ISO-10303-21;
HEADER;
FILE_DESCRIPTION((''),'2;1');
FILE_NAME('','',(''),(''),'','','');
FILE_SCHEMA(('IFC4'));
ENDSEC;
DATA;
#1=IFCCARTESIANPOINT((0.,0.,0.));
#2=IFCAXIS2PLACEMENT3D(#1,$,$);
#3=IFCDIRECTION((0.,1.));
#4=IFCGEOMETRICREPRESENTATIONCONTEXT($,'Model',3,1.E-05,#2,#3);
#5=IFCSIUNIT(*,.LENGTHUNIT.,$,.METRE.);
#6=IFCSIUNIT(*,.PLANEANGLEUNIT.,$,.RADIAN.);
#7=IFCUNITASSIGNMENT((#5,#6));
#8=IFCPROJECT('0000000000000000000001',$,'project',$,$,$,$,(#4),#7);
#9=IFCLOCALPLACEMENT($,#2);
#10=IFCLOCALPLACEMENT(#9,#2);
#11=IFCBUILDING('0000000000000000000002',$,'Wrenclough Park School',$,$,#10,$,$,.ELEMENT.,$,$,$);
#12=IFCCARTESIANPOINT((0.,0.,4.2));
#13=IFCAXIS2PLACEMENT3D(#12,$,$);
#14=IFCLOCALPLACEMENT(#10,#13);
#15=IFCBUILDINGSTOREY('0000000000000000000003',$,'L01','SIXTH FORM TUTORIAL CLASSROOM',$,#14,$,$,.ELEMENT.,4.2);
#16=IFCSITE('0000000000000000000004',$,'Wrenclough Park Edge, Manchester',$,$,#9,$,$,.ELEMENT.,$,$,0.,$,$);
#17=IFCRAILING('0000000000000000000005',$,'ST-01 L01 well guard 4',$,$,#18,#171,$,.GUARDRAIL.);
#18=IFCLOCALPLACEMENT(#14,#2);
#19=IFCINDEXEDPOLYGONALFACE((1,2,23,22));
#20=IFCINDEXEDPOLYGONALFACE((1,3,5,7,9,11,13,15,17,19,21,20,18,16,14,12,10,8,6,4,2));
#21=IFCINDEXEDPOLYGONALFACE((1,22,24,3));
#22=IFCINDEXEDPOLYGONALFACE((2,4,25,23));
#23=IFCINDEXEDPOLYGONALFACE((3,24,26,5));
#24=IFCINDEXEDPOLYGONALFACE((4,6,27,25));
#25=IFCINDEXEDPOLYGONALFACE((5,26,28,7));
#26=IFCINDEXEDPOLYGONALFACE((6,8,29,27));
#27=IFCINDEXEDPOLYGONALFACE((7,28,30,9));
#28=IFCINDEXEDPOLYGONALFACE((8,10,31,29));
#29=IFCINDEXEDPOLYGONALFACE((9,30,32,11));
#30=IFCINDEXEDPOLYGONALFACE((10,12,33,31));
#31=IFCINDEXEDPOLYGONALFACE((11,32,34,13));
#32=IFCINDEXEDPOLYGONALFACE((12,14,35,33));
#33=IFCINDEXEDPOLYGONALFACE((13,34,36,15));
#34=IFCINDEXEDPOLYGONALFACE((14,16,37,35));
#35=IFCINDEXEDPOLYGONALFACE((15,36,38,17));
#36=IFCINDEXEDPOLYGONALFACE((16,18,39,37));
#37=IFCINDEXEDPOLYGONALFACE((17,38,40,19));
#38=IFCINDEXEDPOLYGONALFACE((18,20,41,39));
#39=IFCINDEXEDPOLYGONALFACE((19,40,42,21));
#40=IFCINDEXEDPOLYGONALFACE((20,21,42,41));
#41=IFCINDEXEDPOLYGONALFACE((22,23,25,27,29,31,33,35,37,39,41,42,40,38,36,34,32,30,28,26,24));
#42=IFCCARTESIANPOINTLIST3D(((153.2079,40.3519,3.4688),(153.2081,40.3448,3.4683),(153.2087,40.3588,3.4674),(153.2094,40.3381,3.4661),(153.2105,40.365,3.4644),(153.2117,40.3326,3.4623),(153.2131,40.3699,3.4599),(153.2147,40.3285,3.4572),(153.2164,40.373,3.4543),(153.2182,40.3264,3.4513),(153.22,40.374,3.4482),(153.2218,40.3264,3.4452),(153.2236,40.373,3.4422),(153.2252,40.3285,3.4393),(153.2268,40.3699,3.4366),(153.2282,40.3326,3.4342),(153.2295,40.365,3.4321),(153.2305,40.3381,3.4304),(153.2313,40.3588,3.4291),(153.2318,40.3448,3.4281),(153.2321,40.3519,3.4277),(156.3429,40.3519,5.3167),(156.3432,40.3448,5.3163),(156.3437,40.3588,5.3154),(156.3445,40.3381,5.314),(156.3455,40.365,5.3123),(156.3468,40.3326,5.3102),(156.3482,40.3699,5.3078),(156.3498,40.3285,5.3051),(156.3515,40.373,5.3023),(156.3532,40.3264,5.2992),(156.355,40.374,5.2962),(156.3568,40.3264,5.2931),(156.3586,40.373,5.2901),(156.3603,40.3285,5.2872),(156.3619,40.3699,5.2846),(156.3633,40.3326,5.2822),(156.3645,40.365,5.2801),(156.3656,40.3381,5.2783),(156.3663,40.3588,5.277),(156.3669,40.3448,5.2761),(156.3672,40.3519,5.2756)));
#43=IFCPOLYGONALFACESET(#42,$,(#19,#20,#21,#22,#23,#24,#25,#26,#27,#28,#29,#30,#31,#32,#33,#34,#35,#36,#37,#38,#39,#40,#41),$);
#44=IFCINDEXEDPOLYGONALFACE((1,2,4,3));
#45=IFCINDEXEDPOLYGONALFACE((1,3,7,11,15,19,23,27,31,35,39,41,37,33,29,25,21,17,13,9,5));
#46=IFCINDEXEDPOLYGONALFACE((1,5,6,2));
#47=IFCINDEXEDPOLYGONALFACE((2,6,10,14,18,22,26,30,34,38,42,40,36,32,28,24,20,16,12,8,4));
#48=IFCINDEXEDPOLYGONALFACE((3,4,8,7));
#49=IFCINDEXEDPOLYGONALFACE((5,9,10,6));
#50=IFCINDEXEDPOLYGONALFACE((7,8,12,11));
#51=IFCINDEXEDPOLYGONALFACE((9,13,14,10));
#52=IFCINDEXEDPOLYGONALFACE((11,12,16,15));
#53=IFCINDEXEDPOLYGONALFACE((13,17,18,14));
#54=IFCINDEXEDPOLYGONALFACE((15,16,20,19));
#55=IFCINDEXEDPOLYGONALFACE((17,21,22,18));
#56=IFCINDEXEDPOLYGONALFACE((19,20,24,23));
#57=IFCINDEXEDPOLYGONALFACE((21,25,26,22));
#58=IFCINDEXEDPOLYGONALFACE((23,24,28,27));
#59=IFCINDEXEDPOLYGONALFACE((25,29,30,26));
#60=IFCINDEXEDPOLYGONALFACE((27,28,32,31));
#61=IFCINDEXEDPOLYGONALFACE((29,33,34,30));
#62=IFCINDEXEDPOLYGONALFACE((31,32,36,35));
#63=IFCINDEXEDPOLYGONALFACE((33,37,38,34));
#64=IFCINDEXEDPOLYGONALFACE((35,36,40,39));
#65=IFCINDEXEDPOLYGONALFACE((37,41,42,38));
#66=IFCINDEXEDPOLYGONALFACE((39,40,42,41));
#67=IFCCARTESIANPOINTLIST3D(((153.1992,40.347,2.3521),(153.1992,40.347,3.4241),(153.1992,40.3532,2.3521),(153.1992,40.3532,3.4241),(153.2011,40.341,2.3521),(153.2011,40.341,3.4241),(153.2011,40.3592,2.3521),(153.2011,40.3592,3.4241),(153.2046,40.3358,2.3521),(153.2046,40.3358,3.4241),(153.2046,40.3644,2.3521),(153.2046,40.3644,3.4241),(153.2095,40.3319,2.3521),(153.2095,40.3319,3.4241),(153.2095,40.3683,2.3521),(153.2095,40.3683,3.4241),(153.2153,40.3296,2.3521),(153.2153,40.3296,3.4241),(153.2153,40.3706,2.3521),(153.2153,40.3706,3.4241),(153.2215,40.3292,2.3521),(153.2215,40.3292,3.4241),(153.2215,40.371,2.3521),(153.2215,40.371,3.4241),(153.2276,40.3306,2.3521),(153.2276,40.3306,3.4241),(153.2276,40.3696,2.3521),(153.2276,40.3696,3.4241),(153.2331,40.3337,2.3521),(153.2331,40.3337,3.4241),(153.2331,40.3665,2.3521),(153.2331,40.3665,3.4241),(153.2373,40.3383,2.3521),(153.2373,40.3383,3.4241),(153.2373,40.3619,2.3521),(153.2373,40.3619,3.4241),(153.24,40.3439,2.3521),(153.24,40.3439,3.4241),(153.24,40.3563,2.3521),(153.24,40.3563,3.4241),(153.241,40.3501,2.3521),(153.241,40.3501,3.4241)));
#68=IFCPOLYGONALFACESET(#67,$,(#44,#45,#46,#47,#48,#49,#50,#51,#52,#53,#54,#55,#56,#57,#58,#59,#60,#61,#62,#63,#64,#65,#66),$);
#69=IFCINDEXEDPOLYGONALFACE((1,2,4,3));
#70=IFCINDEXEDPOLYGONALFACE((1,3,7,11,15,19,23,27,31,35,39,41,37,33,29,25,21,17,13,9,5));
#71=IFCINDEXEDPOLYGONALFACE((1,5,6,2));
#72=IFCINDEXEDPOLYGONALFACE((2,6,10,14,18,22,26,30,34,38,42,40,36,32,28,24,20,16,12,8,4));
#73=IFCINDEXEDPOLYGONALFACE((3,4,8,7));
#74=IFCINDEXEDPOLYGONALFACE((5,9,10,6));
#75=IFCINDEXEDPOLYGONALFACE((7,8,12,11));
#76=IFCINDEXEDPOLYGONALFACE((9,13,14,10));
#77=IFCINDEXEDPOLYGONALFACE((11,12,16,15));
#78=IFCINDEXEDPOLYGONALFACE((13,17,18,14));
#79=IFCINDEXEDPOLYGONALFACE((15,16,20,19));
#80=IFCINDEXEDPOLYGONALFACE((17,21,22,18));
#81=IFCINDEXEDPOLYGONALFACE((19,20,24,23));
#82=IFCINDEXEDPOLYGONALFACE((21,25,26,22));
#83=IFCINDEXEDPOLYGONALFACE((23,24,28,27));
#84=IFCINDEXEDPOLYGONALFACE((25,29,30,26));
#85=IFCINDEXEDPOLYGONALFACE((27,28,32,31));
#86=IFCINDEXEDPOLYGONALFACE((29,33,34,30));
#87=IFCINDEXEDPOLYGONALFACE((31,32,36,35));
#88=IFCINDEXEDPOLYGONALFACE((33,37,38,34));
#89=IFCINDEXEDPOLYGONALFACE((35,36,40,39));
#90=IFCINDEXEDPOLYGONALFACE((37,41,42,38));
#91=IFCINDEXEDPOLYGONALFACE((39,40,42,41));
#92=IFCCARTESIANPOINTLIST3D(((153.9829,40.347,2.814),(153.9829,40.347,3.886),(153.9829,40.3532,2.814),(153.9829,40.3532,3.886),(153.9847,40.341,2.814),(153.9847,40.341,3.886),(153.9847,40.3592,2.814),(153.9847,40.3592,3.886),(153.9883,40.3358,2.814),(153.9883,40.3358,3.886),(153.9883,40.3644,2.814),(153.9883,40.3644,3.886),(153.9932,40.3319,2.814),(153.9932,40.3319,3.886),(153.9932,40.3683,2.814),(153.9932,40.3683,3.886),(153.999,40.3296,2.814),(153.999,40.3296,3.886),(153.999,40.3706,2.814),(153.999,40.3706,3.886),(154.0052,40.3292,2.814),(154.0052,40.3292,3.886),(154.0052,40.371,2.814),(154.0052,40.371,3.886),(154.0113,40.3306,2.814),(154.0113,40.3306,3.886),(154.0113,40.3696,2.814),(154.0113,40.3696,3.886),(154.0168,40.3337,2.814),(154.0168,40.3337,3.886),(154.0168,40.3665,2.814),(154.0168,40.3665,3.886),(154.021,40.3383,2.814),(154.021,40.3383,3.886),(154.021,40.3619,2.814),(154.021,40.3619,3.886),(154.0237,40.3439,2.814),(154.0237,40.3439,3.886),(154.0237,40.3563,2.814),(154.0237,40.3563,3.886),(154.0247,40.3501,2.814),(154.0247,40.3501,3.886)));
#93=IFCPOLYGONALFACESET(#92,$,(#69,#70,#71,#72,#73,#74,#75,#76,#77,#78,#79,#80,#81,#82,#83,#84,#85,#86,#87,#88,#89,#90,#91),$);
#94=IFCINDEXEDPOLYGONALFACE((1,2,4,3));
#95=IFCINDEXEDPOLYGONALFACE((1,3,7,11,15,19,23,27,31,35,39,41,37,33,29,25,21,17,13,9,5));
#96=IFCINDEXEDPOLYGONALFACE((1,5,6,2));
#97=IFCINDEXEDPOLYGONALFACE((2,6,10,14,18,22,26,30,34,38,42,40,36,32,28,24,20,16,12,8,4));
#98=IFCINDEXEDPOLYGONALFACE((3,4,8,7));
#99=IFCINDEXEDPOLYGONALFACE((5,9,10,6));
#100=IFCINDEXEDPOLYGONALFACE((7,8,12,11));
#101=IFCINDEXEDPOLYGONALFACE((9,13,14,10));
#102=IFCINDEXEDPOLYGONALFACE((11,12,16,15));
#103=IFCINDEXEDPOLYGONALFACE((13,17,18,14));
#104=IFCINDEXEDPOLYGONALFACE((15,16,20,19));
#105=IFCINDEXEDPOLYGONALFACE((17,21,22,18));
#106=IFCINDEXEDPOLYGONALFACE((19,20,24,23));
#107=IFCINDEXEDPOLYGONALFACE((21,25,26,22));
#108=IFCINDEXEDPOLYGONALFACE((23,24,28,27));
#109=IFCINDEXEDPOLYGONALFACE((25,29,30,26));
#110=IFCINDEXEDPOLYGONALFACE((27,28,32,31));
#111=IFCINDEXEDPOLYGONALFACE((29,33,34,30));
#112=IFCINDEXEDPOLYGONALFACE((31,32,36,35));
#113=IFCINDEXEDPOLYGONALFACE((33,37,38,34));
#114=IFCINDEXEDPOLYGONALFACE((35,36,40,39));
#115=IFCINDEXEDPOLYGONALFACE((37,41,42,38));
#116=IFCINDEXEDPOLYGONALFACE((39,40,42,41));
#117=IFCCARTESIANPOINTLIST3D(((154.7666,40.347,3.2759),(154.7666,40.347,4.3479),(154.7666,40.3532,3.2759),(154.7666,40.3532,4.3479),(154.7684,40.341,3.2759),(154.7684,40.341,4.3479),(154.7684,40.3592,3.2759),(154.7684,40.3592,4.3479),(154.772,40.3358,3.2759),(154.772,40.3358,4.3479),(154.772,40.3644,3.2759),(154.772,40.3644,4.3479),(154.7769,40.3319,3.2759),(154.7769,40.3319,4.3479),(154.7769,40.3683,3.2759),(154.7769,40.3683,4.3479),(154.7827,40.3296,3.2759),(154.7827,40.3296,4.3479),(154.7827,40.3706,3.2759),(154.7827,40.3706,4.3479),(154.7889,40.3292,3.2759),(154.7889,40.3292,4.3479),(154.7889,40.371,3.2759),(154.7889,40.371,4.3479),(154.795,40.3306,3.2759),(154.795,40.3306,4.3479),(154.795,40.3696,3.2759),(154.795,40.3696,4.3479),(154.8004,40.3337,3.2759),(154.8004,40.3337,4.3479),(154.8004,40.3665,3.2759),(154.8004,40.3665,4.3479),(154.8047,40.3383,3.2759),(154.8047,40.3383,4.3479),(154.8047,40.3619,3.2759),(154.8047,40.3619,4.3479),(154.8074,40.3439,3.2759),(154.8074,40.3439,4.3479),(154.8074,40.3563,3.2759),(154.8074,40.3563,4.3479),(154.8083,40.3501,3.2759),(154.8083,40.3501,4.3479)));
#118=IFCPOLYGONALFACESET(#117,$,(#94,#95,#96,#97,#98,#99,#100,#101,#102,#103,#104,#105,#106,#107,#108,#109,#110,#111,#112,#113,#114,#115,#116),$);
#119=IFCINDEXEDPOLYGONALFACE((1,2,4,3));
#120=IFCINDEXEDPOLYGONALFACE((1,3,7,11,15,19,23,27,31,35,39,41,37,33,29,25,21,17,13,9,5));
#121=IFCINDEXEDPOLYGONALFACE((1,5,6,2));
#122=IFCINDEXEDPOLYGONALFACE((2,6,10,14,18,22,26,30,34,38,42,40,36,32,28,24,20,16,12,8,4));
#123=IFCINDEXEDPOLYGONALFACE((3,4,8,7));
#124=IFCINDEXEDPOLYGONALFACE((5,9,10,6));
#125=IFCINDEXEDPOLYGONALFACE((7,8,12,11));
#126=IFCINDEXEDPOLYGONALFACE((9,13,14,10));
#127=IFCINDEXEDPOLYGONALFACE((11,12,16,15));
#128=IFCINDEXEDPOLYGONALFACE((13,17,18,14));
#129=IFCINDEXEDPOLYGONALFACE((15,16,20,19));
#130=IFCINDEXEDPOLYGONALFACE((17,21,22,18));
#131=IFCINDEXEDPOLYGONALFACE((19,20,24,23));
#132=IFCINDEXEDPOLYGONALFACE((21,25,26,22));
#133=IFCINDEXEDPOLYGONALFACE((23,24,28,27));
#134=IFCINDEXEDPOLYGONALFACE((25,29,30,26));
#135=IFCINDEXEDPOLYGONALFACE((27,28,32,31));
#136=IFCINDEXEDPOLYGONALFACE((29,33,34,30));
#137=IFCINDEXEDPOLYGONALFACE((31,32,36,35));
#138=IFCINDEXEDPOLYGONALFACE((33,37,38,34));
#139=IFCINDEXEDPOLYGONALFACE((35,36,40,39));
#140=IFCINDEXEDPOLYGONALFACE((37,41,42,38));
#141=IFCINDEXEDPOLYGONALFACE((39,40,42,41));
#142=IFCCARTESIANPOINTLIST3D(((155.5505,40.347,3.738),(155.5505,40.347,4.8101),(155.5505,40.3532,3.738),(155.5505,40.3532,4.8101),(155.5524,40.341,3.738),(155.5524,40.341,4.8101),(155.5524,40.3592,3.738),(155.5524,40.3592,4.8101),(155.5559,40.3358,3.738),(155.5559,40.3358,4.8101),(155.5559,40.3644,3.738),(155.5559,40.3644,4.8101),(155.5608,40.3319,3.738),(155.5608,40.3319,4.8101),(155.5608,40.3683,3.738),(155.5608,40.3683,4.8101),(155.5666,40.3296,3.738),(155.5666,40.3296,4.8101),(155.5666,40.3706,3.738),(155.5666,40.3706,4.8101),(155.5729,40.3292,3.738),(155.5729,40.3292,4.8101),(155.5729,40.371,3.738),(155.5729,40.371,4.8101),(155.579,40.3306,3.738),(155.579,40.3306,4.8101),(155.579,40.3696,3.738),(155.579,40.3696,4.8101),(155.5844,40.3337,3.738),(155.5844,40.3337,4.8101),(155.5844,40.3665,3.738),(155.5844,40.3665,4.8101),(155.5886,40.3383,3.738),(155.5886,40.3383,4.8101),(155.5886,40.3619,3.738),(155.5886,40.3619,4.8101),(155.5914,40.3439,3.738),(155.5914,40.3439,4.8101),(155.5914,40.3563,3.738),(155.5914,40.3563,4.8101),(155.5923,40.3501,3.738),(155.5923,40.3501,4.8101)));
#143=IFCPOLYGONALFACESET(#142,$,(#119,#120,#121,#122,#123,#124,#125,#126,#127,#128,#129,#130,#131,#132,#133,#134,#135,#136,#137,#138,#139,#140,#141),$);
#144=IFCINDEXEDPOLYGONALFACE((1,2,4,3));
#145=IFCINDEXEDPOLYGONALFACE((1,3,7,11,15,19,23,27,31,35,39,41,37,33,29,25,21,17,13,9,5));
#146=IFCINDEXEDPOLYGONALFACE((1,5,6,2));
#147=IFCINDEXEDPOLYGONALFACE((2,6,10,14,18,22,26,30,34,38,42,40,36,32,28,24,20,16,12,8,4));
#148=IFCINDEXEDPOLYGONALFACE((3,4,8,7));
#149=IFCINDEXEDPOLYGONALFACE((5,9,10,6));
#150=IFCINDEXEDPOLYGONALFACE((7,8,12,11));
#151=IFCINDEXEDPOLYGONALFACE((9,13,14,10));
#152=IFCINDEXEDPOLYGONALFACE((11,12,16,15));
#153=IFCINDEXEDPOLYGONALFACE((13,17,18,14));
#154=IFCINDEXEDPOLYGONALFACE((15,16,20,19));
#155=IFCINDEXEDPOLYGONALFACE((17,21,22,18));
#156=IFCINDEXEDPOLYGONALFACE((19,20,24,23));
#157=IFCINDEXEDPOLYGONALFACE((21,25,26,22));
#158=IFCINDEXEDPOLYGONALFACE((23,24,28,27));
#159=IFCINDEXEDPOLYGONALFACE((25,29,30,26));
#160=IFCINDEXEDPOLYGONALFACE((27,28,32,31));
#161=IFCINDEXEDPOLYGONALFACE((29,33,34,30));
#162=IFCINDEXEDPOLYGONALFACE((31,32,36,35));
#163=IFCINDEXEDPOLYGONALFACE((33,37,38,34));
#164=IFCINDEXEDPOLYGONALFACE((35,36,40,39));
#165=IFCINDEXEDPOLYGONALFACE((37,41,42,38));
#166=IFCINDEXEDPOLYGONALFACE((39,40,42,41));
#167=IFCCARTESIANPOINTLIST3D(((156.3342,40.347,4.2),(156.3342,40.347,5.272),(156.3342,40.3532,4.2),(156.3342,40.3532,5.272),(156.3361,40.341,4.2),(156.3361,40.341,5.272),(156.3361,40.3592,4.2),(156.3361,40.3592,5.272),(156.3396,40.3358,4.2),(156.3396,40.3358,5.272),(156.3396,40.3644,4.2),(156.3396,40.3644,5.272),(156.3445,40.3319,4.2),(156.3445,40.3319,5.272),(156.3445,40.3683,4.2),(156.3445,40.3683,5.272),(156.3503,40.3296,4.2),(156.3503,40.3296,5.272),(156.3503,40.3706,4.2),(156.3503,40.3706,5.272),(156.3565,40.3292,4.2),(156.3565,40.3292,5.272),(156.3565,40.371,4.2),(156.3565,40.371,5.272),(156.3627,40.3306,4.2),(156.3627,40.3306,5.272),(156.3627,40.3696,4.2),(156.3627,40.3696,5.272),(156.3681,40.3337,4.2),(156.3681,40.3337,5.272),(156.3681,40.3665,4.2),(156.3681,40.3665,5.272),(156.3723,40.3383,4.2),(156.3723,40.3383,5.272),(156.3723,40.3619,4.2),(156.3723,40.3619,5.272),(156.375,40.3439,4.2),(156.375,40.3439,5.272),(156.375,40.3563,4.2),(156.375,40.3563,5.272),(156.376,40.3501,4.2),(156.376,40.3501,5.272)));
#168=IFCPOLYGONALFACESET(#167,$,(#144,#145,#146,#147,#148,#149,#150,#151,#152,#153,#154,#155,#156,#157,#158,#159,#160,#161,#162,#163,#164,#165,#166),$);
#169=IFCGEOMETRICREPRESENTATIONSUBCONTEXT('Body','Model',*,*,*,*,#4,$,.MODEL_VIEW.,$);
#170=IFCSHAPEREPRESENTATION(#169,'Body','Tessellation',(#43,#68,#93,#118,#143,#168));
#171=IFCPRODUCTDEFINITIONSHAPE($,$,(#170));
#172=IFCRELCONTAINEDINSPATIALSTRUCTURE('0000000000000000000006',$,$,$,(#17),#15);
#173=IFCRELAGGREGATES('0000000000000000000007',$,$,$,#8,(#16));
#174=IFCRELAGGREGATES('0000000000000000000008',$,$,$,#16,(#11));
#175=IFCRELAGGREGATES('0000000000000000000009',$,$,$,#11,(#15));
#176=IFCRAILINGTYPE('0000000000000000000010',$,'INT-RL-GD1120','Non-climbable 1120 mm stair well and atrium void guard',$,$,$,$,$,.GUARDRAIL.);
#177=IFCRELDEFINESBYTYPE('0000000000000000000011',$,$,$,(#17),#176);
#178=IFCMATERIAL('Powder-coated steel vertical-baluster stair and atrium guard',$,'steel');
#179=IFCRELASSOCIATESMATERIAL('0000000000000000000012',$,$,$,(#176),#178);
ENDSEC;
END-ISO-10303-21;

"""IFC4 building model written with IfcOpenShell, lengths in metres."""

from ifc_helpers import new_model, si_unit, direction, frame, origin, origin_2d, place, context, subcontext, project, spatial, circle, extrude, material, type_object, element, save


model = new_model("IFC4")

# Units and contexts
model_context = context("Model", 3, precision=1e-05, world=origin(), true_north=direction((0.0, 1.0)))
body_context = subcontext(model_context, "Body", "Model", "MODEL_VIEW")
ifc_project = project(units=[si_unit("LENGTHUNIT", "METRE"), si_unit("PLANEANGLEUNIT", "RADIAN")], contexts=[model_context])

# Site, building, storey
site_placement = place(None, origin())
site = spatial("IfcSite", under=ifc_project, at=site_placement, Name="Wrenclough Park Edge, Manchester", CompositionType="ELEMENT", RefElevation=0.0)
building_placement = place(site_placement, origin())
building = spatial("IfcBuilding", under=site, at=building_placement, Name="Wrenclough Park School", CompositionType="ELEMENT")
storey_placement = place(building_placement, frame((0.0, 0.0, 4.2)))
storey = spatial("IfcBuildingStorey", under=building, at=storey_placement, Name="L01", Description="SIXTH FORM TUTORIAL CLASSROOM", CompositionType="ELEMENT", Elevation=4.2)

# Railing
ifc_material_1 = material(Name="Powder-coated steel vertical-baluster stair and atrium guard", Category="steel")
railing_type_1 = type_object("IfcRailingType", Name="INT-RL-GD1120", Description="Non-climbable 1120 mm stair well and atrium void guard", PredefinedType="GUARDRAIL", material=ifc_material_1)
railing_1_placement = place(storey_placement, frame((153.22, 40.3501, 2.3521)))
element("IfcRailing", 1, at=railing_1_placement, inside=storey, type_object=railing_type_1, Name="ST-01 L01 well guard 4", PredefinedType="GUARDRAIL", context=body_context, shape_type="SweptSolid", body=[
    extrude(circle(Radius=0.0239, at=origin_2d()), frame((0.0, 0.0, 1.0962), z_axis=(0.86148, 0.0, 0.507791), x_axis=(0.0, 1.0, 0.0)), (0.0, 0.0, 1.0), 3.6392),
    extrude(circle(Radius=0.021, at=origin_2d()), origin(), (0.0, 0.0, 1.0), 1.072),
    extrude(circle(Radius=0.021, at=origin_2d()), frame((0.7837, 0.0, 0.4619)), (0.0, 0.0, 1.0), 1.072),
    extrude(circle(Radius=0.021, at=origin_2d()), frame((1.5674, 0.0, 0.9238)), (0.0, 0.0, 1.0), 1.072),
    extrude(circle(Radius=0.021, at=origin_2d()), frame((2.3513, 0.0, 1.386)), (0.0, 0.0, 1.0), 1.072),
    extrude(circle(Radius=0.021, at=origin_2d()), frame((3.135, 0.0, 1.8479)), (0.0, 0.0, 1.0), 1.072),
])

save(model, "model.ifc")
